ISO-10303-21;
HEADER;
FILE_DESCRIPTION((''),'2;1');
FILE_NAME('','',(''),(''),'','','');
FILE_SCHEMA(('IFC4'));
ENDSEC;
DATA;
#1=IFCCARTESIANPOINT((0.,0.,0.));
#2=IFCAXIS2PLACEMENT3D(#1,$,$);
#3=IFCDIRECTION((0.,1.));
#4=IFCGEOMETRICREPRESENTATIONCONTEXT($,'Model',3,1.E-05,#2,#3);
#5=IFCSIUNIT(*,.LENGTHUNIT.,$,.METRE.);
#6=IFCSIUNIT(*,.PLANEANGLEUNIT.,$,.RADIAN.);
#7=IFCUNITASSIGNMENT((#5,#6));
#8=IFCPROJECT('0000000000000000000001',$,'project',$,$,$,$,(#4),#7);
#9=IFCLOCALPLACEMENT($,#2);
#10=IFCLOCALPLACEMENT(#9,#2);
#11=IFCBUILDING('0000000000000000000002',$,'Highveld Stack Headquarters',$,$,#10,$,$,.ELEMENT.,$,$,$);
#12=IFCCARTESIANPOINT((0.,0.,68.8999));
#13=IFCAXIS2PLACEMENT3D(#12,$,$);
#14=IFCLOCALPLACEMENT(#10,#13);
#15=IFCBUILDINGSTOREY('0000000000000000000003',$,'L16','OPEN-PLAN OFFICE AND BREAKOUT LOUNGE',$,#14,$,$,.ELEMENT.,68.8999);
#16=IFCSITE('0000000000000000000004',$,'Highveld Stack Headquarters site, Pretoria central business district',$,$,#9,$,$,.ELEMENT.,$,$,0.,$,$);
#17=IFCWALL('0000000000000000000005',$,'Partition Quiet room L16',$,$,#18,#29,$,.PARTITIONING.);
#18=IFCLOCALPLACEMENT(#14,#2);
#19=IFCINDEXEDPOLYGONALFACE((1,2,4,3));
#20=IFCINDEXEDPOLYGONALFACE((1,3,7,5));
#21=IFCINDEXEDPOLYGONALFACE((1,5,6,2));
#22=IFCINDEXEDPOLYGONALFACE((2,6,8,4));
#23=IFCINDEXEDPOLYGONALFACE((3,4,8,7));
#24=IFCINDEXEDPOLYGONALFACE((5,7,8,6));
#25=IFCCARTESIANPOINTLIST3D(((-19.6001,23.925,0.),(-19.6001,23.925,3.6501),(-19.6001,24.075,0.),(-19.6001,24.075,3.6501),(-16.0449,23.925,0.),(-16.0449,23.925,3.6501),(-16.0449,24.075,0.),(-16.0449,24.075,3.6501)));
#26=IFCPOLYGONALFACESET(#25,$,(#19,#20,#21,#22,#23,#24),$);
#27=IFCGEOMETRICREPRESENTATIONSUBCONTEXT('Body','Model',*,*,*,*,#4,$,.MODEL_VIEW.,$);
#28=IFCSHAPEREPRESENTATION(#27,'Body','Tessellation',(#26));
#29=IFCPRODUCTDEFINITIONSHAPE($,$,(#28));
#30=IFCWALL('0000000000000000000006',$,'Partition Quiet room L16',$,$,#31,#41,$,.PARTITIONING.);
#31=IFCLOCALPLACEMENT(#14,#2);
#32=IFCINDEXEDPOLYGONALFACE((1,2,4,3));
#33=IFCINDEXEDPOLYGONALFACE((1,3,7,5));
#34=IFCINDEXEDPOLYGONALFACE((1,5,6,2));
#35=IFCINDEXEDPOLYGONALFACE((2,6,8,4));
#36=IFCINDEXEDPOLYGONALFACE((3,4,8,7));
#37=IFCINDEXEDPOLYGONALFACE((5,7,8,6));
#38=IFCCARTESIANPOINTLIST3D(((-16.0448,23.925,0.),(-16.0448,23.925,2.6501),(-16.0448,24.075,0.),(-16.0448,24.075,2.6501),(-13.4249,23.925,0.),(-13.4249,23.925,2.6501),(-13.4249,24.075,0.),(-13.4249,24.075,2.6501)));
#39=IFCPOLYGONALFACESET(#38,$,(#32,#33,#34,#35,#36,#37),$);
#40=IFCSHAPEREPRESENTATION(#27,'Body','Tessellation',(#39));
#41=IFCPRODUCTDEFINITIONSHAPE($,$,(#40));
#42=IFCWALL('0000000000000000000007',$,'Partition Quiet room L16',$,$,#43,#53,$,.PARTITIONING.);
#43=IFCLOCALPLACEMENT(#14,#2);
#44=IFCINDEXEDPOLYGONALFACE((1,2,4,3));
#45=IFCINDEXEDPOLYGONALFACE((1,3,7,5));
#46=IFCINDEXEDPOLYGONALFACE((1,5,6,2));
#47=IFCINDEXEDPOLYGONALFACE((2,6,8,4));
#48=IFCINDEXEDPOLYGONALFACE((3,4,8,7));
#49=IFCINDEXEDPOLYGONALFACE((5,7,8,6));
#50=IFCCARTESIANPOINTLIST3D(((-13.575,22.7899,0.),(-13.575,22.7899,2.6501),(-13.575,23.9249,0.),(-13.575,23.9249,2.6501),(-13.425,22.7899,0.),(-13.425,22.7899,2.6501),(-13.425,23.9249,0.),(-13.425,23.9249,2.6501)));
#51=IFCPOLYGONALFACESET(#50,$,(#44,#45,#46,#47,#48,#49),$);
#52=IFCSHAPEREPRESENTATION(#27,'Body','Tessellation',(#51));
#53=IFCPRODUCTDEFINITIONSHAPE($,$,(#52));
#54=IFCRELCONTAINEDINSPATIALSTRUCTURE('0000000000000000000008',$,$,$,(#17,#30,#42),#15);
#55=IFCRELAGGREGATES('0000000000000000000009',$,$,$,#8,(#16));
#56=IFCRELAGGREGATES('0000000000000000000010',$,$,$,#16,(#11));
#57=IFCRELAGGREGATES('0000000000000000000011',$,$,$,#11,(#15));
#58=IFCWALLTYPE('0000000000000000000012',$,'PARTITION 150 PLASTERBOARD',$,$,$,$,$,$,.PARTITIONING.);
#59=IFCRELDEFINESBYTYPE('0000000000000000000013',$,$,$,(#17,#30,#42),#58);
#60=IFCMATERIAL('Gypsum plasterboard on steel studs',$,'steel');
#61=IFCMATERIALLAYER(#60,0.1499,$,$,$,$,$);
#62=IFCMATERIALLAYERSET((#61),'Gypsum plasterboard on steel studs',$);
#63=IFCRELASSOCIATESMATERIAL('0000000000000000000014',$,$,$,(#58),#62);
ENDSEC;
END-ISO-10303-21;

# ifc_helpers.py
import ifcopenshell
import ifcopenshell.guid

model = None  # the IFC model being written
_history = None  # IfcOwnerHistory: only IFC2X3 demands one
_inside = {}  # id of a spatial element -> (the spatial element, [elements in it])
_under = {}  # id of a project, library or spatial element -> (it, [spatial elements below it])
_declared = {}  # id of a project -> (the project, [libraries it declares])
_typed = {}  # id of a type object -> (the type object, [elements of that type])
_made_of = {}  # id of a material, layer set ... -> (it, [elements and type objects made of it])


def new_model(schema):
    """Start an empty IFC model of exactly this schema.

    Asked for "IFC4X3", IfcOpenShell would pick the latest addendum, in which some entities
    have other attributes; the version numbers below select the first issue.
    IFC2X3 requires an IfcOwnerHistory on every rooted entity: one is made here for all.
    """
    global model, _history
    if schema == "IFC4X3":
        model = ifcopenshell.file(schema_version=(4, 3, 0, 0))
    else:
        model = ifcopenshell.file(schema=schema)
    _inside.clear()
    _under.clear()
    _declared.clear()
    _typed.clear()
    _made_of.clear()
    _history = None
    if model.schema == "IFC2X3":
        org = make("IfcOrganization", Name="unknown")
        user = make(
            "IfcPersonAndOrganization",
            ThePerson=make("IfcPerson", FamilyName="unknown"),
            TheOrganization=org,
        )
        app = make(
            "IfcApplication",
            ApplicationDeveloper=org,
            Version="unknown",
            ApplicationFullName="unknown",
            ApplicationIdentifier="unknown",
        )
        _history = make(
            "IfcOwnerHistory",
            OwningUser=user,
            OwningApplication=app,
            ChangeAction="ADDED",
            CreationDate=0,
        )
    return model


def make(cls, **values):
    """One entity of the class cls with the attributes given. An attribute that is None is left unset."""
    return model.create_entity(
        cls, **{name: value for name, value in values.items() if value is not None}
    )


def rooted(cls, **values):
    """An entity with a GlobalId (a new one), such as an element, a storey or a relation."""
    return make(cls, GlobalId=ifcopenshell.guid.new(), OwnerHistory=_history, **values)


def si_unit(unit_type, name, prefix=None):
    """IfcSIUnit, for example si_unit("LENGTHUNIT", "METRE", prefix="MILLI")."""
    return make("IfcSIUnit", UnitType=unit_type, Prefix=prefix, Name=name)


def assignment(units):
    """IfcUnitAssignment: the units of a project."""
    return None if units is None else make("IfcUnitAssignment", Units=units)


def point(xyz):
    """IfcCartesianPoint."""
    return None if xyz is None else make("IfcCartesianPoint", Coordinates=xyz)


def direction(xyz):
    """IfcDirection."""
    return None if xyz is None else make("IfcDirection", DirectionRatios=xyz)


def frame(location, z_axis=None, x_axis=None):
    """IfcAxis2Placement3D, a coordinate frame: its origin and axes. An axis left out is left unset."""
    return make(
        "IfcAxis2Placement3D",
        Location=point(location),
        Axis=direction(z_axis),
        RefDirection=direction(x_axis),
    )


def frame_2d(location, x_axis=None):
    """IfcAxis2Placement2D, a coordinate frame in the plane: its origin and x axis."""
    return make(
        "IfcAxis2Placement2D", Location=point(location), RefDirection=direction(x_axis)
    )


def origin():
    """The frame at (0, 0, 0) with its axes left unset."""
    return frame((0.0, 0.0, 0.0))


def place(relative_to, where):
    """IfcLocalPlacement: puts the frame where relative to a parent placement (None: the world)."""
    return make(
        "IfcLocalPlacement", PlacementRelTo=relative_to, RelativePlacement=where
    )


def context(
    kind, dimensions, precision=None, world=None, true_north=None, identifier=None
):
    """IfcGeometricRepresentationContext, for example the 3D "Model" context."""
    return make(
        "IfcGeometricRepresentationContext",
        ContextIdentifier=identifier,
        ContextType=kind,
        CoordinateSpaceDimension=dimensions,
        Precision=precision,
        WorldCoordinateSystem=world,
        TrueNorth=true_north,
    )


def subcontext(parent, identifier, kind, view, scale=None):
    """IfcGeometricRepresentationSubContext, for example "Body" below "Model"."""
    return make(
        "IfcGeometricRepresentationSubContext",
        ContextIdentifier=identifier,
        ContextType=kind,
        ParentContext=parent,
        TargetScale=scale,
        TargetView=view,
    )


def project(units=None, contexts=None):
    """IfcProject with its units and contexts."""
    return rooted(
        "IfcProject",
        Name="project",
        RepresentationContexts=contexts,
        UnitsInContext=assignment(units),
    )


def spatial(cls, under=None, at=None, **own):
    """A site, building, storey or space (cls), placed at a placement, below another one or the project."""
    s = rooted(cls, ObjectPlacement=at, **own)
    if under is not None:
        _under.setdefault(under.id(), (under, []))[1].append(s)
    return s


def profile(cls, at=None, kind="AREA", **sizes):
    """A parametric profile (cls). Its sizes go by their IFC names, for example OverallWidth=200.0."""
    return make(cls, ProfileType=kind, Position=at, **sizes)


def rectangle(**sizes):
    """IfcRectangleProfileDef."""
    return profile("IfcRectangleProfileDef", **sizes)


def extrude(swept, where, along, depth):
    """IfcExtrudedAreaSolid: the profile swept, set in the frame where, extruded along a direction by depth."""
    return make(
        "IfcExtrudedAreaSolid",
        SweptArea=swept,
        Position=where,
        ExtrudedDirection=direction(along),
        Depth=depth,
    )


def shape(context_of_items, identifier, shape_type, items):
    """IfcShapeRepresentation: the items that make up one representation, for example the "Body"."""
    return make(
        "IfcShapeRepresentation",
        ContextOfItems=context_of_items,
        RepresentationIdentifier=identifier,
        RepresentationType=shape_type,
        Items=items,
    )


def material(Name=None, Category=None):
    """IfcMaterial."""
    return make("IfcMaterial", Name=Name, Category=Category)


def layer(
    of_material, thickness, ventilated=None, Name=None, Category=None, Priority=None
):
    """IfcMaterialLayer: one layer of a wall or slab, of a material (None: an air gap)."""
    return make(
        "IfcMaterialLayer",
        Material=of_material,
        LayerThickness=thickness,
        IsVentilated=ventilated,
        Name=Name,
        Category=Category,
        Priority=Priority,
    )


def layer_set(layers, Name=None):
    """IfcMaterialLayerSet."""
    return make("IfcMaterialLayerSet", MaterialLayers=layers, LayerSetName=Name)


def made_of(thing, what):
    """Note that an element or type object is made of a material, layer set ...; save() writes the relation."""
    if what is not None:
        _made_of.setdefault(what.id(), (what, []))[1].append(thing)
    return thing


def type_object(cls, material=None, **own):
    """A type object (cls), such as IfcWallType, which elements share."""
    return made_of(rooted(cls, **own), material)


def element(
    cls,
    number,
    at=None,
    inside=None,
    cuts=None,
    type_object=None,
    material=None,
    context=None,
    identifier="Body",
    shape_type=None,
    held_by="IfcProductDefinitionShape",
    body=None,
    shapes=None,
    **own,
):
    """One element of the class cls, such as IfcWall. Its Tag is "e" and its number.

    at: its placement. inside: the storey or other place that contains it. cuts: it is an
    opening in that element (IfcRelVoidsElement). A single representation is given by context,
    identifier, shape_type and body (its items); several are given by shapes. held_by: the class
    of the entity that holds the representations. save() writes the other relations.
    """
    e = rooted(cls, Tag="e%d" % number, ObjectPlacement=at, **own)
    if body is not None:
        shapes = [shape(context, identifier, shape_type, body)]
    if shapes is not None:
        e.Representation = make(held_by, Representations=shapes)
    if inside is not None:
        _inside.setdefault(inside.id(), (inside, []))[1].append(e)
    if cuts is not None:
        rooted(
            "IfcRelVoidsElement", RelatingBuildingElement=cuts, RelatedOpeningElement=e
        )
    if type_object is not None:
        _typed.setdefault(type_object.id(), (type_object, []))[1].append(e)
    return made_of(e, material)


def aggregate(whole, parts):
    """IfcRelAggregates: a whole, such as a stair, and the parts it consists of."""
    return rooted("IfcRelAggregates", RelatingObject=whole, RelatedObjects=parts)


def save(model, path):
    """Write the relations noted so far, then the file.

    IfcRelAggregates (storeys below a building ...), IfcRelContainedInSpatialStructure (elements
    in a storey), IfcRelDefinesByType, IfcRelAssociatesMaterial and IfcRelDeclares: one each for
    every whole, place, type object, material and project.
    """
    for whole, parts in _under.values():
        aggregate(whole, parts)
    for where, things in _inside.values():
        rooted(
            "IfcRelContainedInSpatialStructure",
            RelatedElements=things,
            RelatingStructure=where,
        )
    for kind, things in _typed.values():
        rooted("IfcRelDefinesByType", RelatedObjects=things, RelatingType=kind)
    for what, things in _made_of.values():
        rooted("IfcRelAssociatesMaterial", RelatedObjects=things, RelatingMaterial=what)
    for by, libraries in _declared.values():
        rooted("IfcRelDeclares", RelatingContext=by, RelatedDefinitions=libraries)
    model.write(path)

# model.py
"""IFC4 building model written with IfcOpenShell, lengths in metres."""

from ifc_helpers import new_model, si_unit, direction, frame, frame_2d, origin, place, context, subcontext, project, spatial, rectangle, extrude, material, layer, layer_set, type_object, element, save


model = new_model("IFC4")

# Units and contexts
model_context = context("Model", 3, precision=1e-05, world=origin(), true_north=direction((0.0, 1.0)))
body_context = subcontext(model_context, "Body", "Model", "MODEL_VIEW")
ifc_project = project(units=[si_unit("LENGTHUNIT", "METRE"), si_unit("PLANEANGLEUNIT", "RADIAN")], contexts=[model_context])

# Site, building, storey
site_placement = place(None, origin())
site = spatial("IfcSite", under=ifc_project, at=site_placement, Name="Highveld Stack Headquarters site, Pretoria central business district", CompositionType="ELEMENT", RefElevation=0.0)
building_placement = place(site_placement, origin())
building = spatial("IfcBuilding", under=site, at=building_placement, Name="Highveld Stack Headquarters", CompositionType="ELEMENT")
storey_placement = place(building_placement, frame((0.0, 0.0, 68.8999)))
storey = spatial("IfcBuildingStorey", under=building, at=storey_placement, Name="L16", Description="OPEN-PLAN OFFICE AND BREAKOUT LOUNGE", CompositionType="ELEMENT", Elevation=68.8999)

# Walls
ifc_material_1 = material(Name="Gypsum plasterboard on steel studs", Category="steel")
ifc_layer_1 = layer(ifc_material_1, 0.1499)
ifc_layer_set_1 = layer_set([ifc_layer_1], Name="Gypsum plasterboard on steel studs")
wall_type = type_object("IfcWallType", Name="PARTITION 150 PLASTERBOARD", PredefinedType="PARTITIONING", material=ifc_layer_set_1)
wall_1_placement = place(storey_placement, frame((-19.6001, 24.0, 0.0), z_axis=(0.0, 0.0, 1.0), x_axis=(1.0, 0.0, 0.0)))
element("IfcWall", 1, at=wall_1_placement, inside=storey, type_object=wall_type, Name="Partition Quiet room L16", PredefinedType="PARTITIONING", context=body_context, shape_type="SweptSolid", body=[
    extrude(rectangle(XDim=3.5552, YDim=0.1499, at=frame_2d((1.7776, 0.0))), origin(), (0.0, 0.0, 1.0), 3.6501),
])
wall_2_placement = place(storey_placement, frame((-16.0449, 24.0, 0.0), z_axis=(0.0, 0.0, 1.0), x_axis=(1.0, 0.0, 0.0)))
element("IfcWall", 2, at=wall_2_placement, inside=storey, type_object=wall_type, Name="Partition Quiet room L16", PredefinedType="PARTITIONING", context=body_context, shape_type="SweptSolid", body=[
    extrude(rectangle(XDim=2.6199, YDim=0.1499, at=frame_2d((1.3101, 0.0))), origin(), (0.0, 0.0, 1.0), 2.6501),
])
wall_3_placement = place(storey_placement, frame((-13.5, 22.79, 0.0), z_axis=(0.0, 0.0, 1.0), x_axis=(0.0, 1.0, 0.0)))
element("IfcWall", 3, at=wall_3_placement, inside=storey, type_object=wall_type, Name="Partition Quiet room L16", PredefinedType="PARTITIONING", context=body_context, shape_type="SweptSolid", body=[
    extrude(rectangle(XDim=1.135, YDim=0.1499, at=frame_2d((0.5674, 0.0))), origin(), (0.0, 0.0, 1.0), 2.6501),
])

save(model, "model.ifc")
